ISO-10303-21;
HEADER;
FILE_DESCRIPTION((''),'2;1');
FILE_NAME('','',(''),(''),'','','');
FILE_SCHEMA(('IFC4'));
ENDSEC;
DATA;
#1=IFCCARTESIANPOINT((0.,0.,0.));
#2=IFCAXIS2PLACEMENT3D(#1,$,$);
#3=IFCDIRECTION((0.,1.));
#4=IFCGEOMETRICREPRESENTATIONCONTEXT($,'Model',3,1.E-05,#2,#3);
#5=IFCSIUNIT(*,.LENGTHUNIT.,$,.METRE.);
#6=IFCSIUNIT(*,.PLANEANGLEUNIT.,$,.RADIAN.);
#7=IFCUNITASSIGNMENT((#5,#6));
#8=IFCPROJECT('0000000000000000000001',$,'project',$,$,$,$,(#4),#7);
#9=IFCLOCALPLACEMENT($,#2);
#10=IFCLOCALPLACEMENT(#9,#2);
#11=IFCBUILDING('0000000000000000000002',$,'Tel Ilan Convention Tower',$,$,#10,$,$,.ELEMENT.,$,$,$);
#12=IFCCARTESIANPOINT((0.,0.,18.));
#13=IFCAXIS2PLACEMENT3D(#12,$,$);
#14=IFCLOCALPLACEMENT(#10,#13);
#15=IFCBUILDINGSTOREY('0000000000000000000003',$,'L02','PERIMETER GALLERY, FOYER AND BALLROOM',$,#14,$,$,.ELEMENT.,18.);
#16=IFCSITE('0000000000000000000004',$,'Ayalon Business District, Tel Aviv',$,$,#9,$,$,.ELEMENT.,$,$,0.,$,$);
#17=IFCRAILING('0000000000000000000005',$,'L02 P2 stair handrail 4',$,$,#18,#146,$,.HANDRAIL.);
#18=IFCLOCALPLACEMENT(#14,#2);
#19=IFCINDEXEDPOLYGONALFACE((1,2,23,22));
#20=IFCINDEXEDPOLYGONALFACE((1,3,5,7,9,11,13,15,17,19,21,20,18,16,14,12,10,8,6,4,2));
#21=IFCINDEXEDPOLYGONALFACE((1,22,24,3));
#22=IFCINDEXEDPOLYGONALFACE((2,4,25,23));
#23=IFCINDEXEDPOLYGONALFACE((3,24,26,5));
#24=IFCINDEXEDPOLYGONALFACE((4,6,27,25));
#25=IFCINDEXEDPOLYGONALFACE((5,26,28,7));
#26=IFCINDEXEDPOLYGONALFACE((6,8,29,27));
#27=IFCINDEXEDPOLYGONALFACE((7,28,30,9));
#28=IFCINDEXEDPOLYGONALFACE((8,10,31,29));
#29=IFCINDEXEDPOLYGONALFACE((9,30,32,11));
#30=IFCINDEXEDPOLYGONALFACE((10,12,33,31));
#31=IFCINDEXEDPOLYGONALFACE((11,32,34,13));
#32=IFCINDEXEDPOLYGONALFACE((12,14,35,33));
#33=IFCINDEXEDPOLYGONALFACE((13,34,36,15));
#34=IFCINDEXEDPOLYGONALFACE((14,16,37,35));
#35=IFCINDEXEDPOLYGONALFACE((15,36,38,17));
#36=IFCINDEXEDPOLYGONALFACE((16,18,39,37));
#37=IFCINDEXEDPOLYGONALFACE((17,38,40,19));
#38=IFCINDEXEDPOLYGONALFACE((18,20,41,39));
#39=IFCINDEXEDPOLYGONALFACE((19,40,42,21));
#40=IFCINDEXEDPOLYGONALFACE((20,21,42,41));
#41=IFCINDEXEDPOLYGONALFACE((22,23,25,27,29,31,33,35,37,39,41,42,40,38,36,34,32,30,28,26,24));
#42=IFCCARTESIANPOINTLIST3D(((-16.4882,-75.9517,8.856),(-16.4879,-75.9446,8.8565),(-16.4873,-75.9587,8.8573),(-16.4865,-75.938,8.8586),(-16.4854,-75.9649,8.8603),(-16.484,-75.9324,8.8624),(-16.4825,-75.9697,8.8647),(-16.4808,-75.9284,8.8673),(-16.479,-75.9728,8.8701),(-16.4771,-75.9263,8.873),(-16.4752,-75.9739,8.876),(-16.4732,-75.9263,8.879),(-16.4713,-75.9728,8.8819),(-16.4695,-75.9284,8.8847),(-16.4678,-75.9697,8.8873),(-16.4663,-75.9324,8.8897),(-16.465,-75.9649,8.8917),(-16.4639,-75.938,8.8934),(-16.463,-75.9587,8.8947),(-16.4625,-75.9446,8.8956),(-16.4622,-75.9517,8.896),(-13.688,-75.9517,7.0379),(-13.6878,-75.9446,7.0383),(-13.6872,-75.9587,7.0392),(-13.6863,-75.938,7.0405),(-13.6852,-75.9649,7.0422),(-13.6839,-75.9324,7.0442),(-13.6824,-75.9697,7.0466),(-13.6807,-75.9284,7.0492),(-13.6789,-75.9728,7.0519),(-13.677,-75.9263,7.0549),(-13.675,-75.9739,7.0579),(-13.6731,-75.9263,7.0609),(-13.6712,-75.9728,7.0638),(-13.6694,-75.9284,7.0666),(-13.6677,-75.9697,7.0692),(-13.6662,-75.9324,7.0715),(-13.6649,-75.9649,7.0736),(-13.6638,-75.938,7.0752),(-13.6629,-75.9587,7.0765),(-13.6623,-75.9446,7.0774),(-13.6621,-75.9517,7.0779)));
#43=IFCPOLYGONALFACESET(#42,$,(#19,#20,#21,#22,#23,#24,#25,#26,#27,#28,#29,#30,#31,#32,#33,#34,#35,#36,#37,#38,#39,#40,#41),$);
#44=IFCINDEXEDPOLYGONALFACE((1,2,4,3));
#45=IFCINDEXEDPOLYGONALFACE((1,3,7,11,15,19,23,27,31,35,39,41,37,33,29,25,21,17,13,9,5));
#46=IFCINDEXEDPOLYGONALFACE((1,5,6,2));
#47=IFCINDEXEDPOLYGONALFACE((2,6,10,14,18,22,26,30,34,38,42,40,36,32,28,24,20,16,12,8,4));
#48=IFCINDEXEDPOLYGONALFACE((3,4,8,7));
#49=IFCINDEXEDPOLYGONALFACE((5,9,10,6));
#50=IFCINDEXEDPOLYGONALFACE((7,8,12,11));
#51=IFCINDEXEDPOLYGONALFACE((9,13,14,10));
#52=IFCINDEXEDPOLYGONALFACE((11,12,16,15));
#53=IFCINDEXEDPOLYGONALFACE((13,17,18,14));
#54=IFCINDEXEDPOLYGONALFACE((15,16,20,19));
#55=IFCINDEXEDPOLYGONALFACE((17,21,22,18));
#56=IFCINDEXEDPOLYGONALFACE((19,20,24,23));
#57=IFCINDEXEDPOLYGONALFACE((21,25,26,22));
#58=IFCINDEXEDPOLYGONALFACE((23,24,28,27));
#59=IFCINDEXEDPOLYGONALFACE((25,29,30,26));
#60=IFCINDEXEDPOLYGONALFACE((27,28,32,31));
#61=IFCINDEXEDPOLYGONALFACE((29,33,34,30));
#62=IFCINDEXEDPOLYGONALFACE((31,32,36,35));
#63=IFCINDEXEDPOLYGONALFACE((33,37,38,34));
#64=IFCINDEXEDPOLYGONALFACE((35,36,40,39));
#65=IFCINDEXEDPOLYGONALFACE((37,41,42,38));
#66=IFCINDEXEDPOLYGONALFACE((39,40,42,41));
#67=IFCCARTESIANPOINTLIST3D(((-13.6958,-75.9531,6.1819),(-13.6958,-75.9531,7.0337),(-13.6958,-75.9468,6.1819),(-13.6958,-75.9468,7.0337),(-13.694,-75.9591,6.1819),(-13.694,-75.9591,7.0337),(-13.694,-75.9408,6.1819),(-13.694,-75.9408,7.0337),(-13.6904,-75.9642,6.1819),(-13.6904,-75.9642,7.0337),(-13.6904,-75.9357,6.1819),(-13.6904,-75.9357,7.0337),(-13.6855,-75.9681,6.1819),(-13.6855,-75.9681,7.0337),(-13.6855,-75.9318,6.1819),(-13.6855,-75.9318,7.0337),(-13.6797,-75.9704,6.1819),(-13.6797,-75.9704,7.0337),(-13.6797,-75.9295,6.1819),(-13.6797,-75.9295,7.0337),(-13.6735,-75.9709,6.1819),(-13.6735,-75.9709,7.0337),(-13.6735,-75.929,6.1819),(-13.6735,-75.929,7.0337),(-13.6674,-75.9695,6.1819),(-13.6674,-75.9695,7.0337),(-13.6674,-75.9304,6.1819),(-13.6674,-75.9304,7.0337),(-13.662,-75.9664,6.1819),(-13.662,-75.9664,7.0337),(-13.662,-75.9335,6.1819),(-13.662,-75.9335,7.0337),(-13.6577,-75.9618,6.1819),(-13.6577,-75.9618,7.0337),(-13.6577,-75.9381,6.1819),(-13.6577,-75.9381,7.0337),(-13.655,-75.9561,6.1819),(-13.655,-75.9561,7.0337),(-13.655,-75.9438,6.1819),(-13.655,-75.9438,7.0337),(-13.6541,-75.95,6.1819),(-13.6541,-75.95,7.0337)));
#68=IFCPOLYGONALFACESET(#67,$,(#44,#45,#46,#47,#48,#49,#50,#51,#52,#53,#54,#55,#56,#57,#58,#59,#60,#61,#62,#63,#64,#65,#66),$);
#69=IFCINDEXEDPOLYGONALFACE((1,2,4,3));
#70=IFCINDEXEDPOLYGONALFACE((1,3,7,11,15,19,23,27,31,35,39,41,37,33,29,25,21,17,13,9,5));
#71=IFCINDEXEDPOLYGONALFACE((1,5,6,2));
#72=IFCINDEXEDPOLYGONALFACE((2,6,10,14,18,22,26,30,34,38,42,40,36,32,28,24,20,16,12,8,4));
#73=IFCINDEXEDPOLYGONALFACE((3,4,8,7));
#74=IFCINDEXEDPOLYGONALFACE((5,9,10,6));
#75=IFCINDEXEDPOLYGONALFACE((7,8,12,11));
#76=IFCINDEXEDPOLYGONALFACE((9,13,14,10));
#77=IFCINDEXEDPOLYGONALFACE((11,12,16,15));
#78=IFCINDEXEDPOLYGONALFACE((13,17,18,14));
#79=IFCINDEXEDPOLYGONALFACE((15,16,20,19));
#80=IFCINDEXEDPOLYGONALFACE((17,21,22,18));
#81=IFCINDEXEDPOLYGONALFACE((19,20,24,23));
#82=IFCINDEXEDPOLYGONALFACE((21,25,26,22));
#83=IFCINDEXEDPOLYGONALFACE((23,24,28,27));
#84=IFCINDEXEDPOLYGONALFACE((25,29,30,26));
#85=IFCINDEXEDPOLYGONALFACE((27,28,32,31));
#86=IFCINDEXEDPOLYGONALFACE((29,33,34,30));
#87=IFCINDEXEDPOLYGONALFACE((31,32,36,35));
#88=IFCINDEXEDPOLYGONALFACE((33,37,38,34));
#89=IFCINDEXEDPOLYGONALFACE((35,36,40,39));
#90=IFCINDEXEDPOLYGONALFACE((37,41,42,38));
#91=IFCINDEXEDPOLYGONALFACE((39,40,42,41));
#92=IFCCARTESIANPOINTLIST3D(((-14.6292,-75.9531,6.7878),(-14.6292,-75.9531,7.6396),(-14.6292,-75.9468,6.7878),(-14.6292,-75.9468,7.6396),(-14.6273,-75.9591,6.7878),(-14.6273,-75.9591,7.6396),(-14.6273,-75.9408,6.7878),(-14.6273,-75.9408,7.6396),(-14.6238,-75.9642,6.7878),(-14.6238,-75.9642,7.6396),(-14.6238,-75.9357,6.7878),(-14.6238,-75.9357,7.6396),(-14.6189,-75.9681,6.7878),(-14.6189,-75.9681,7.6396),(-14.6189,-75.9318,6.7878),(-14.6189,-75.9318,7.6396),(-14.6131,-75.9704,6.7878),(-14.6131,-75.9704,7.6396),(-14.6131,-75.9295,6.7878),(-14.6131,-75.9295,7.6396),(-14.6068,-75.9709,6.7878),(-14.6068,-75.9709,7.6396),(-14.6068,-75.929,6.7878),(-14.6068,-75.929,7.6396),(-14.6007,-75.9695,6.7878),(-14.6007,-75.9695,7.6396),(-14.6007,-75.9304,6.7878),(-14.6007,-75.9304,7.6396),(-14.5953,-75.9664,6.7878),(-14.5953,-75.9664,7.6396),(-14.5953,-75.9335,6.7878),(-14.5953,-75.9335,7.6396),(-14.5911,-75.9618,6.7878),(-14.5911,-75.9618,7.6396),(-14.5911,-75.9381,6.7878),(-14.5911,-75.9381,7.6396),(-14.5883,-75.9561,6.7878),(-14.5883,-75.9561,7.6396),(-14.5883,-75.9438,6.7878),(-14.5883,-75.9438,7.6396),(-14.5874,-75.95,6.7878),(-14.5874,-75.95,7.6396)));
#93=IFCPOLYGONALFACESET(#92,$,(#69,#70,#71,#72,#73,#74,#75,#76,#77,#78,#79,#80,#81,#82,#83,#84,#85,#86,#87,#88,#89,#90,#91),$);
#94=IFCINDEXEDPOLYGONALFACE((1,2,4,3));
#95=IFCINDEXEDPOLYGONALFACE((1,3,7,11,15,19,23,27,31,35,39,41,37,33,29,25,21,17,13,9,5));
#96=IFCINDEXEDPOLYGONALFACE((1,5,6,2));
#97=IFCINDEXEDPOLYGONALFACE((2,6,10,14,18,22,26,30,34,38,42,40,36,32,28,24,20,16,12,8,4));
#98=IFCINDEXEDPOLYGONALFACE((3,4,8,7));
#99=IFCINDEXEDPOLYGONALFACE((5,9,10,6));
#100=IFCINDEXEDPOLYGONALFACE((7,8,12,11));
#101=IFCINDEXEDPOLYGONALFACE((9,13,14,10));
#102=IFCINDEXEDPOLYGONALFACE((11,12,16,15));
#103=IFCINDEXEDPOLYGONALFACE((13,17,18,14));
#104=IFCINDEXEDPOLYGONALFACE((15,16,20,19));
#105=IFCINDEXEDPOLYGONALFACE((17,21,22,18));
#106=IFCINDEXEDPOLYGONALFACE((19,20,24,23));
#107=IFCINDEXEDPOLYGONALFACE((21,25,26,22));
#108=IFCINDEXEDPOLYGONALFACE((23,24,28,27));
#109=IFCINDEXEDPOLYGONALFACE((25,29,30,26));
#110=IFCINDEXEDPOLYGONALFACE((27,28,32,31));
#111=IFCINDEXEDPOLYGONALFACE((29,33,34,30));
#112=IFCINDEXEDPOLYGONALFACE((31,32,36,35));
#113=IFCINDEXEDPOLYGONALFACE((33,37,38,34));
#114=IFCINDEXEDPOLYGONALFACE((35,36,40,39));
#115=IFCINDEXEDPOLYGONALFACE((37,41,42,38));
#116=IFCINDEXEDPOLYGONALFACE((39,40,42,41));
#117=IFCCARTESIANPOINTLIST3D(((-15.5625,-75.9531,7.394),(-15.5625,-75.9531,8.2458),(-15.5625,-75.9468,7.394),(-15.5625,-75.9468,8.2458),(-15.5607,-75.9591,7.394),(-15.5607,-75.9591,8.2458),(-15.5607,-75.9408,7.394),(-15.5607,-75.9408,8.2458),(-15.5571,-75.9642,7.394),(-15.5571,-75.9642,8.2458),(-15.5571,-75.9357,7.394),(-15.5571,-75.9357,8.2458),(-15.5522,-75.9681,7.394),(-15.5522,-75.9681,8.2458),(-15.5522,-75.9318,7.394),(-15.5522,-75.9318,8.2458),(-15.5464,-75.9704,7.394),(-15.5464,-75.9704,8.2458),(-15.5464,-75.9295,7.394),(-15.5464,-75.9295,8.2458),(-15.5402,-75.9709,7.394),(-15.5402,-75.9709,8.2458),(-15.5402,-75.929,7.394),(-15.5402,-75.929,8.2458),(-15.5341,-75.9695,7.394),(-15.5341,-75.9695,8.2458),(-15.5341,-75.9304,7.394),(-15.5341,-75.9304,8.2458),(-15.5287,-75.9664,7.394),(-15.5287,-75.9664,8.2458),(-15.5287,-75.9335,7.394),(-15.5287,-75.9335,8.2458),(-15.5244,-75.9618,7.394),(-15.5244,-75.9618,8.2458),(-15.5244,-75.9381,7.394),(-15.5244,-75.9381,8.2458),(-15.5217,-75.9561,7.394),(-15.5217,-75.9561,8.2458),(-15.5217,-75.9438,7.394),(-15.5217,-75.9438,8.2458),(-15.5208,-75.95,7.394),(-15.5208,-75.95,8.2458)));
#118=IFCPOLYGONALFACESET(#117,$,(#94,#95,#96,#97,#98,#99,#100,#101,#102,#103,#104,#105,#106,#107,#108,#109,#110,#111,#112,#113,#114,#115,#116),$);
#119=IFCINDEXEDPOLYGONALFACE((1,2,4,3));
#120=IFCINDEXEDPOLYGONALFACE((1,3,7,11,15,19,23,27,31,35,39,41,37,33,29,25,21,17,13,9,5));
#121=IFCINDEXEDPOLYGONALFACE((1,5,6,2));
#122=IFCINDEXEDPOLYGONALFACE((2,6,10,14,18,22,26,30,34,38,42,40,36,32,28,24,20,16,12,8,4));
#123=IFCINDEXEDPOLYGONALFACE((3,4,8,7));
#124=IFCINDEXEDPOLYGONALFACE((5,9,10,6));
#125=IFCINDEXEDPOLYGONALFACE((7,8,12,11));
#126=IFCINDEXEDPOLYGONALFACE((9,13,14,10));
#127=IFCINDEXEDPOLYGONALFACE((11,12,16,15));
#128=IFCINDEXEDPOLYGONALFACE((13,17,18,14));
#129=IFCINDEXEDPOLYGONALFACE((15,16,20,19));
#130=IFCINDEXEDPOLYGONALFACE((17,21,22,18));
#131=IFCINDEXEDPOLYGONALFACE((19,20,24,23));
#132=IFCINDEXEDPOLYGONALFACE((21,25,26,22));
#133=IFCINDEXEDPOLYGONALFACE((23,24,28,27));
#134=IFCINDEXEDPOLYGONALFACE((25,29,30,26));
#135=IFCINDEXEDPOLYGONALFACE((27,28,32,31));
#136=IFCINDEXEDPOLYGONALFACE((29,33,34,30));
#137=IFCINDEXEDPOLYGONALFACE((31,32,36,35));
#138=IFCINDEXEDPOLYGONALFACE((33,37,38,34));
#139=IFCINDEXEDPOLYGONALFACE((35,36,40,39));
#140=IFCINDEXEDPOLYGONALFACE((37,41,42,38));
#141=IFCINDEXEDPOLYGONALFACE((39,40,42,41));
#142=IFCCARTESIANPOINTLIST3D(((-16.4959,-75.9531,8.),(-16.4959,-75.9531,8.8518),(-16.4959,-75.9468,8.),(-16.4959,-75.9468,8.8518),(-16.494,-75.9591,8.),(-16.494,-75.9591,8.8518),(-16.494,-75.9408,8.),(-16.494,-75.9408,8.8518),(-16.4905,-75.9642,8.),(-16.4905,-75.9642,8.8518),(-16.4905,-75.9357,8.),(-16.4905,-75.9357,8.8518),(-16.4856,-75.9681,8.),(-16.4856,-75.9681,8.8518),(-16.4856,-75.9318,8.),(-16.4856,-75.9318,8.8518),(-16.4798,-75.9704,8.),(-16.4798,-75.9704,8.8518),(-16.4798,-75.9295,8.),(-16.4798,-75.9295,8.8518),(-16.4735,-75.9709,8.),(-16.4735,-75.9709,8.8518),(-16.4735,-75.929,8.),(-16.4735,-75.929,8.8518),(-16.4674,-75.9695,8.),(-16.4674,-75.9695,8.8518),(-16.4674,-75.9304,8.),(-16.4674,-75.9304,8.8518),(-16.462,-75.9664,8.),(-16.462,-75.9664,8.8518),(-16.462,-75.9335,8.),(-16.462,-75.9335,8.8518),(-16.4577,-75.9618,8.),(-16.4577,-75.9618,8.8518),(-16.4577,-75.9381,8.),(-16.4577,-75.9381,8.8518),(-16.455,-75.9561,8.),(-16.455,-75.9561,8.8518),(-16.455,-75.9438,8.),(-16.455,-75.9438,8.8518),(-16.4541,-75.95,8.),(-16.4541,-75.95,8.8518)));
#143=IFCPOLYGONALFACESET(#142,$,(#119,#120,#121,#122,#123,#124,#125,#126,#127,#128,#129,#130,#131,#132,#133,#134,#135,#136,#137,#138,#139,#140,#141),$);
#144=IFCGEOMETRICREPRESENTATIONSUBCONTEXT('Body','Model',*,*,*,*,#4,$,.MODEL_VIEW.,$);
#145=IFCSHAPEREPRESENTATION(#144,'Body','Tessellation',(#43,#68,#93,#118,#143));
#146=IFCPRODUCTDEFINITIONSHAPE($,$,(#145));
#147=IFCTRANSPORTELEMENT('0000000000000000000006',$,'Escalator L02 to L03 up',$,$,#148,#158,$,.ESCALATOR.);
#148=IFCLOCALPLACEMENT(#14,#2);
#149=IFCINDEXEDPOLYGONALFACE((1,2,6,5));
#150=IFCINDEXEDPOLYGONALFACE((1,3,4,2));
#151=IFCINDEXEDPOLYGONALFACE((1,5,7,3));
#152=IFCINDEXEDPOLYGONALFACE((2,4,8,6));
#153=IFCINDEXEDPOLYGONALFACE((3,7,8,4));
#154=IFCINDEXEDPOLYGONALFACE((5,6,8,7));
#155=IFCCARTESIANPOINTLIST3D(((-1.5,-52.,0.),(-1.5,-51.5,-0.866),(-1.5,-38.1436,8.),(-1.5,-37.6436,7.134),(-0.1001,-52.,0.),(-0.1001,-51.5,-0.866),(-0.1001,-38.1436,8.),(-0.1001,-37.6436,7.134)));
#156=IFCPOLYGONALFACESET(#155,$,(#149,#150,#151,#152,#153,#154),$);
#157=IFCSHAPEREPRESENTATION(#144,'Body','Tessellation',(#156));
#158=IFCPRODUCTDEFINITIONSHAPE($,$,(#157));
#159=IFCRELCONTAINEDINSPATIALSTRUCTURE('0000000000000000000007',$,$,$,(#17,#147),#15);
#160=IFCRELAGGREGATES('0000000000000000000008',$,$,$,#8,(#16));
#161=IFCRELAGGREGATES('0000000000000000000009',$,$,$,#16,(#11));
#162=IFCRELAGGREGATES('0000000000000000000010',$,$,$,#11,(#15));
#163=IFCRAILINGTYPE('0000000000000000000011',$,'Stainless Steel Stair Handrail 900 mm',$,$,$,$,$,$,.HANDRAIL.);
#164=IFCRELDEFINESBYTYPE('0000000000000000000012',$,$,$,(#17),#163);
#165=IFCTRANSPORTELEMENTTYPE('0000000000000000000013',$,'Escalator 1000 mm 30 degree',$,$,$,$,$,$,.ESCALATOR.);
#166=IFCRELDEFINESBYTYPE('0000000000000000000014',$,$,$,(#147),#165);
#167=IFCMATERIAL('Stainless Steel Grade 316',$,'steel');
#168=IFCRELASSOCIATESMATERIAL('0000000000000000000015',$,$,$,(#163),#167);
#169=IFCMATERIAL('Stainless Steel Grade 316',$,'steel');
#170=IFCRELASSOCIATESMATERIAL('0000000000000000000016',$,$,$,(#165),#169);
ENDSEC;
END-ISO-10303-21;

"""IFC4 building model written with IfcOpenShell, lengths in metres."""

from ifc_helpers import new_model, si_unit, direction, frame, origin, origin_2d, place, context, subcontext, project, spatial, polyline, circle, outline, extrude, material, type_object, element, save


model = new_model("IFC4")

# Units and contexts
model_context = context("Model", 3, precision=1e-05, world=origin(), true_north=direction((0.0, 1.0)))
body_context = subcontext(model_context, "Body", "Model", "MODEL_VIEW")
ifc_project = project(units=[si_unit("LENGTHUNIT", "METRE"), si_unit("PLANEANGLEUNIT", "RADIAN")], contexts=[model_context])

# Site, building, storey
site_placement = place(None, origin())
site = spatial("IfcSite", under=ifc_project, at=site_placement, Name="Ayalon Business District, Tel Aviv", CompositionType="ELEMENT", RefElevation=0.0)
building_placement = place(site_placement, origin())
building = spatial("IfcBuilding", under=site, at=building_placement, Name="Tel Ilan Convention Tower", CompositionType="ELEMENT")
storey_placement = place(building_placement, frame((0.0, 0.0, 18.0)))
storey = spatial("IfcBuildingStorey", under=building, at=storey_placement, Name="L02", Description="PERIMETER GALLERY, FOYER AND BALLROOM", CompositionType="ELEMENT", Elevation=18.0)

# Railing
ifc_material_1 = material(Name="Stainless Steel Grade 316", Category="steel")
railing_type_1 = type_object("IfcRailingType", Name="Stainless Steel Stair Handrail 900 mm", PredefinedType="HANDRAIL", material=ifc_material_1)
for number, where, name in (
    (1, (-13.675, -75.95, 6.1819), "L02 P2 stair handrail 4"),
):
    element("IfcRailing", number, at=place(storey_placement, frame(where)), inside=storey, type_object=railing_type_1, Name=name, PredefinedType="HANDRAIL", context=body_context, shape_type="SweptSolid", body=[
        extrude(circle(Radius=0.0239, at=origin_2d()), frame((0.0, 0.0, 0.876), z_axis=(-0.838706, 0.0, 0.544585), x_axis=(0.0, -1.0, 0.0)), (0.0, 0.0, 1.0), 3.3386),
        extrude(circle(Radius=0.021, at=origin_2d()), origin(), (0.0, 0.0, 1.0), 0.8518),
        extrude(circle(Radius=0.021, at=origin_2d()), frame((-0.9333, 0.0, 0.606)), (0.0, 0.0, 1.0), 0.8518),
        extrude(circle(Radius=0.021, at=origin_2d()), frame((-1.8667, 0.0, 1.2122)), (0.0, 0.0, 1.0), 0.8518),
        extrude(circle(Radius=0.021, at=origin_2d()), frame((-2.8, 0.0, 1.8181)), (0.0, 0.0, 1.0), 0.8518),
    ])

# Transport element
ifc_material_2 = material(Name="Stainless Steel Grade 316", Category="steel")
transport_element_type = type_object("IfcTransportElementType", Name="Escalator 1000 mm 30 degree", PredefinedType="ESCALATOR", material=ifc_material_2)
transport_element_placement = place(storey_placement, frame((-1.5, -52.0, 0.0), z_axis=(0.0, -0.499999, 0.866026), x_axis=(1.0, 0.0, 0.0)))
element("IfcTransportElement", 2, at=transport_element_placement, inside=storey, type_object=transport_element_type, Name="Escalator L02 to L03 up", PredefinedType="ESCALATOR", context=body_context, shape_type="SweptSolid", body=[
    extrude(outline(polyline([(0.0, 0.0), (1.3999, 0.0), (1.3999, 16.0), (0.0, 16.0), (0.0, 0.0)])), origin(), (0.0, 0.0, -1.0), 1.0),
])

save(model, "model.ifc")
